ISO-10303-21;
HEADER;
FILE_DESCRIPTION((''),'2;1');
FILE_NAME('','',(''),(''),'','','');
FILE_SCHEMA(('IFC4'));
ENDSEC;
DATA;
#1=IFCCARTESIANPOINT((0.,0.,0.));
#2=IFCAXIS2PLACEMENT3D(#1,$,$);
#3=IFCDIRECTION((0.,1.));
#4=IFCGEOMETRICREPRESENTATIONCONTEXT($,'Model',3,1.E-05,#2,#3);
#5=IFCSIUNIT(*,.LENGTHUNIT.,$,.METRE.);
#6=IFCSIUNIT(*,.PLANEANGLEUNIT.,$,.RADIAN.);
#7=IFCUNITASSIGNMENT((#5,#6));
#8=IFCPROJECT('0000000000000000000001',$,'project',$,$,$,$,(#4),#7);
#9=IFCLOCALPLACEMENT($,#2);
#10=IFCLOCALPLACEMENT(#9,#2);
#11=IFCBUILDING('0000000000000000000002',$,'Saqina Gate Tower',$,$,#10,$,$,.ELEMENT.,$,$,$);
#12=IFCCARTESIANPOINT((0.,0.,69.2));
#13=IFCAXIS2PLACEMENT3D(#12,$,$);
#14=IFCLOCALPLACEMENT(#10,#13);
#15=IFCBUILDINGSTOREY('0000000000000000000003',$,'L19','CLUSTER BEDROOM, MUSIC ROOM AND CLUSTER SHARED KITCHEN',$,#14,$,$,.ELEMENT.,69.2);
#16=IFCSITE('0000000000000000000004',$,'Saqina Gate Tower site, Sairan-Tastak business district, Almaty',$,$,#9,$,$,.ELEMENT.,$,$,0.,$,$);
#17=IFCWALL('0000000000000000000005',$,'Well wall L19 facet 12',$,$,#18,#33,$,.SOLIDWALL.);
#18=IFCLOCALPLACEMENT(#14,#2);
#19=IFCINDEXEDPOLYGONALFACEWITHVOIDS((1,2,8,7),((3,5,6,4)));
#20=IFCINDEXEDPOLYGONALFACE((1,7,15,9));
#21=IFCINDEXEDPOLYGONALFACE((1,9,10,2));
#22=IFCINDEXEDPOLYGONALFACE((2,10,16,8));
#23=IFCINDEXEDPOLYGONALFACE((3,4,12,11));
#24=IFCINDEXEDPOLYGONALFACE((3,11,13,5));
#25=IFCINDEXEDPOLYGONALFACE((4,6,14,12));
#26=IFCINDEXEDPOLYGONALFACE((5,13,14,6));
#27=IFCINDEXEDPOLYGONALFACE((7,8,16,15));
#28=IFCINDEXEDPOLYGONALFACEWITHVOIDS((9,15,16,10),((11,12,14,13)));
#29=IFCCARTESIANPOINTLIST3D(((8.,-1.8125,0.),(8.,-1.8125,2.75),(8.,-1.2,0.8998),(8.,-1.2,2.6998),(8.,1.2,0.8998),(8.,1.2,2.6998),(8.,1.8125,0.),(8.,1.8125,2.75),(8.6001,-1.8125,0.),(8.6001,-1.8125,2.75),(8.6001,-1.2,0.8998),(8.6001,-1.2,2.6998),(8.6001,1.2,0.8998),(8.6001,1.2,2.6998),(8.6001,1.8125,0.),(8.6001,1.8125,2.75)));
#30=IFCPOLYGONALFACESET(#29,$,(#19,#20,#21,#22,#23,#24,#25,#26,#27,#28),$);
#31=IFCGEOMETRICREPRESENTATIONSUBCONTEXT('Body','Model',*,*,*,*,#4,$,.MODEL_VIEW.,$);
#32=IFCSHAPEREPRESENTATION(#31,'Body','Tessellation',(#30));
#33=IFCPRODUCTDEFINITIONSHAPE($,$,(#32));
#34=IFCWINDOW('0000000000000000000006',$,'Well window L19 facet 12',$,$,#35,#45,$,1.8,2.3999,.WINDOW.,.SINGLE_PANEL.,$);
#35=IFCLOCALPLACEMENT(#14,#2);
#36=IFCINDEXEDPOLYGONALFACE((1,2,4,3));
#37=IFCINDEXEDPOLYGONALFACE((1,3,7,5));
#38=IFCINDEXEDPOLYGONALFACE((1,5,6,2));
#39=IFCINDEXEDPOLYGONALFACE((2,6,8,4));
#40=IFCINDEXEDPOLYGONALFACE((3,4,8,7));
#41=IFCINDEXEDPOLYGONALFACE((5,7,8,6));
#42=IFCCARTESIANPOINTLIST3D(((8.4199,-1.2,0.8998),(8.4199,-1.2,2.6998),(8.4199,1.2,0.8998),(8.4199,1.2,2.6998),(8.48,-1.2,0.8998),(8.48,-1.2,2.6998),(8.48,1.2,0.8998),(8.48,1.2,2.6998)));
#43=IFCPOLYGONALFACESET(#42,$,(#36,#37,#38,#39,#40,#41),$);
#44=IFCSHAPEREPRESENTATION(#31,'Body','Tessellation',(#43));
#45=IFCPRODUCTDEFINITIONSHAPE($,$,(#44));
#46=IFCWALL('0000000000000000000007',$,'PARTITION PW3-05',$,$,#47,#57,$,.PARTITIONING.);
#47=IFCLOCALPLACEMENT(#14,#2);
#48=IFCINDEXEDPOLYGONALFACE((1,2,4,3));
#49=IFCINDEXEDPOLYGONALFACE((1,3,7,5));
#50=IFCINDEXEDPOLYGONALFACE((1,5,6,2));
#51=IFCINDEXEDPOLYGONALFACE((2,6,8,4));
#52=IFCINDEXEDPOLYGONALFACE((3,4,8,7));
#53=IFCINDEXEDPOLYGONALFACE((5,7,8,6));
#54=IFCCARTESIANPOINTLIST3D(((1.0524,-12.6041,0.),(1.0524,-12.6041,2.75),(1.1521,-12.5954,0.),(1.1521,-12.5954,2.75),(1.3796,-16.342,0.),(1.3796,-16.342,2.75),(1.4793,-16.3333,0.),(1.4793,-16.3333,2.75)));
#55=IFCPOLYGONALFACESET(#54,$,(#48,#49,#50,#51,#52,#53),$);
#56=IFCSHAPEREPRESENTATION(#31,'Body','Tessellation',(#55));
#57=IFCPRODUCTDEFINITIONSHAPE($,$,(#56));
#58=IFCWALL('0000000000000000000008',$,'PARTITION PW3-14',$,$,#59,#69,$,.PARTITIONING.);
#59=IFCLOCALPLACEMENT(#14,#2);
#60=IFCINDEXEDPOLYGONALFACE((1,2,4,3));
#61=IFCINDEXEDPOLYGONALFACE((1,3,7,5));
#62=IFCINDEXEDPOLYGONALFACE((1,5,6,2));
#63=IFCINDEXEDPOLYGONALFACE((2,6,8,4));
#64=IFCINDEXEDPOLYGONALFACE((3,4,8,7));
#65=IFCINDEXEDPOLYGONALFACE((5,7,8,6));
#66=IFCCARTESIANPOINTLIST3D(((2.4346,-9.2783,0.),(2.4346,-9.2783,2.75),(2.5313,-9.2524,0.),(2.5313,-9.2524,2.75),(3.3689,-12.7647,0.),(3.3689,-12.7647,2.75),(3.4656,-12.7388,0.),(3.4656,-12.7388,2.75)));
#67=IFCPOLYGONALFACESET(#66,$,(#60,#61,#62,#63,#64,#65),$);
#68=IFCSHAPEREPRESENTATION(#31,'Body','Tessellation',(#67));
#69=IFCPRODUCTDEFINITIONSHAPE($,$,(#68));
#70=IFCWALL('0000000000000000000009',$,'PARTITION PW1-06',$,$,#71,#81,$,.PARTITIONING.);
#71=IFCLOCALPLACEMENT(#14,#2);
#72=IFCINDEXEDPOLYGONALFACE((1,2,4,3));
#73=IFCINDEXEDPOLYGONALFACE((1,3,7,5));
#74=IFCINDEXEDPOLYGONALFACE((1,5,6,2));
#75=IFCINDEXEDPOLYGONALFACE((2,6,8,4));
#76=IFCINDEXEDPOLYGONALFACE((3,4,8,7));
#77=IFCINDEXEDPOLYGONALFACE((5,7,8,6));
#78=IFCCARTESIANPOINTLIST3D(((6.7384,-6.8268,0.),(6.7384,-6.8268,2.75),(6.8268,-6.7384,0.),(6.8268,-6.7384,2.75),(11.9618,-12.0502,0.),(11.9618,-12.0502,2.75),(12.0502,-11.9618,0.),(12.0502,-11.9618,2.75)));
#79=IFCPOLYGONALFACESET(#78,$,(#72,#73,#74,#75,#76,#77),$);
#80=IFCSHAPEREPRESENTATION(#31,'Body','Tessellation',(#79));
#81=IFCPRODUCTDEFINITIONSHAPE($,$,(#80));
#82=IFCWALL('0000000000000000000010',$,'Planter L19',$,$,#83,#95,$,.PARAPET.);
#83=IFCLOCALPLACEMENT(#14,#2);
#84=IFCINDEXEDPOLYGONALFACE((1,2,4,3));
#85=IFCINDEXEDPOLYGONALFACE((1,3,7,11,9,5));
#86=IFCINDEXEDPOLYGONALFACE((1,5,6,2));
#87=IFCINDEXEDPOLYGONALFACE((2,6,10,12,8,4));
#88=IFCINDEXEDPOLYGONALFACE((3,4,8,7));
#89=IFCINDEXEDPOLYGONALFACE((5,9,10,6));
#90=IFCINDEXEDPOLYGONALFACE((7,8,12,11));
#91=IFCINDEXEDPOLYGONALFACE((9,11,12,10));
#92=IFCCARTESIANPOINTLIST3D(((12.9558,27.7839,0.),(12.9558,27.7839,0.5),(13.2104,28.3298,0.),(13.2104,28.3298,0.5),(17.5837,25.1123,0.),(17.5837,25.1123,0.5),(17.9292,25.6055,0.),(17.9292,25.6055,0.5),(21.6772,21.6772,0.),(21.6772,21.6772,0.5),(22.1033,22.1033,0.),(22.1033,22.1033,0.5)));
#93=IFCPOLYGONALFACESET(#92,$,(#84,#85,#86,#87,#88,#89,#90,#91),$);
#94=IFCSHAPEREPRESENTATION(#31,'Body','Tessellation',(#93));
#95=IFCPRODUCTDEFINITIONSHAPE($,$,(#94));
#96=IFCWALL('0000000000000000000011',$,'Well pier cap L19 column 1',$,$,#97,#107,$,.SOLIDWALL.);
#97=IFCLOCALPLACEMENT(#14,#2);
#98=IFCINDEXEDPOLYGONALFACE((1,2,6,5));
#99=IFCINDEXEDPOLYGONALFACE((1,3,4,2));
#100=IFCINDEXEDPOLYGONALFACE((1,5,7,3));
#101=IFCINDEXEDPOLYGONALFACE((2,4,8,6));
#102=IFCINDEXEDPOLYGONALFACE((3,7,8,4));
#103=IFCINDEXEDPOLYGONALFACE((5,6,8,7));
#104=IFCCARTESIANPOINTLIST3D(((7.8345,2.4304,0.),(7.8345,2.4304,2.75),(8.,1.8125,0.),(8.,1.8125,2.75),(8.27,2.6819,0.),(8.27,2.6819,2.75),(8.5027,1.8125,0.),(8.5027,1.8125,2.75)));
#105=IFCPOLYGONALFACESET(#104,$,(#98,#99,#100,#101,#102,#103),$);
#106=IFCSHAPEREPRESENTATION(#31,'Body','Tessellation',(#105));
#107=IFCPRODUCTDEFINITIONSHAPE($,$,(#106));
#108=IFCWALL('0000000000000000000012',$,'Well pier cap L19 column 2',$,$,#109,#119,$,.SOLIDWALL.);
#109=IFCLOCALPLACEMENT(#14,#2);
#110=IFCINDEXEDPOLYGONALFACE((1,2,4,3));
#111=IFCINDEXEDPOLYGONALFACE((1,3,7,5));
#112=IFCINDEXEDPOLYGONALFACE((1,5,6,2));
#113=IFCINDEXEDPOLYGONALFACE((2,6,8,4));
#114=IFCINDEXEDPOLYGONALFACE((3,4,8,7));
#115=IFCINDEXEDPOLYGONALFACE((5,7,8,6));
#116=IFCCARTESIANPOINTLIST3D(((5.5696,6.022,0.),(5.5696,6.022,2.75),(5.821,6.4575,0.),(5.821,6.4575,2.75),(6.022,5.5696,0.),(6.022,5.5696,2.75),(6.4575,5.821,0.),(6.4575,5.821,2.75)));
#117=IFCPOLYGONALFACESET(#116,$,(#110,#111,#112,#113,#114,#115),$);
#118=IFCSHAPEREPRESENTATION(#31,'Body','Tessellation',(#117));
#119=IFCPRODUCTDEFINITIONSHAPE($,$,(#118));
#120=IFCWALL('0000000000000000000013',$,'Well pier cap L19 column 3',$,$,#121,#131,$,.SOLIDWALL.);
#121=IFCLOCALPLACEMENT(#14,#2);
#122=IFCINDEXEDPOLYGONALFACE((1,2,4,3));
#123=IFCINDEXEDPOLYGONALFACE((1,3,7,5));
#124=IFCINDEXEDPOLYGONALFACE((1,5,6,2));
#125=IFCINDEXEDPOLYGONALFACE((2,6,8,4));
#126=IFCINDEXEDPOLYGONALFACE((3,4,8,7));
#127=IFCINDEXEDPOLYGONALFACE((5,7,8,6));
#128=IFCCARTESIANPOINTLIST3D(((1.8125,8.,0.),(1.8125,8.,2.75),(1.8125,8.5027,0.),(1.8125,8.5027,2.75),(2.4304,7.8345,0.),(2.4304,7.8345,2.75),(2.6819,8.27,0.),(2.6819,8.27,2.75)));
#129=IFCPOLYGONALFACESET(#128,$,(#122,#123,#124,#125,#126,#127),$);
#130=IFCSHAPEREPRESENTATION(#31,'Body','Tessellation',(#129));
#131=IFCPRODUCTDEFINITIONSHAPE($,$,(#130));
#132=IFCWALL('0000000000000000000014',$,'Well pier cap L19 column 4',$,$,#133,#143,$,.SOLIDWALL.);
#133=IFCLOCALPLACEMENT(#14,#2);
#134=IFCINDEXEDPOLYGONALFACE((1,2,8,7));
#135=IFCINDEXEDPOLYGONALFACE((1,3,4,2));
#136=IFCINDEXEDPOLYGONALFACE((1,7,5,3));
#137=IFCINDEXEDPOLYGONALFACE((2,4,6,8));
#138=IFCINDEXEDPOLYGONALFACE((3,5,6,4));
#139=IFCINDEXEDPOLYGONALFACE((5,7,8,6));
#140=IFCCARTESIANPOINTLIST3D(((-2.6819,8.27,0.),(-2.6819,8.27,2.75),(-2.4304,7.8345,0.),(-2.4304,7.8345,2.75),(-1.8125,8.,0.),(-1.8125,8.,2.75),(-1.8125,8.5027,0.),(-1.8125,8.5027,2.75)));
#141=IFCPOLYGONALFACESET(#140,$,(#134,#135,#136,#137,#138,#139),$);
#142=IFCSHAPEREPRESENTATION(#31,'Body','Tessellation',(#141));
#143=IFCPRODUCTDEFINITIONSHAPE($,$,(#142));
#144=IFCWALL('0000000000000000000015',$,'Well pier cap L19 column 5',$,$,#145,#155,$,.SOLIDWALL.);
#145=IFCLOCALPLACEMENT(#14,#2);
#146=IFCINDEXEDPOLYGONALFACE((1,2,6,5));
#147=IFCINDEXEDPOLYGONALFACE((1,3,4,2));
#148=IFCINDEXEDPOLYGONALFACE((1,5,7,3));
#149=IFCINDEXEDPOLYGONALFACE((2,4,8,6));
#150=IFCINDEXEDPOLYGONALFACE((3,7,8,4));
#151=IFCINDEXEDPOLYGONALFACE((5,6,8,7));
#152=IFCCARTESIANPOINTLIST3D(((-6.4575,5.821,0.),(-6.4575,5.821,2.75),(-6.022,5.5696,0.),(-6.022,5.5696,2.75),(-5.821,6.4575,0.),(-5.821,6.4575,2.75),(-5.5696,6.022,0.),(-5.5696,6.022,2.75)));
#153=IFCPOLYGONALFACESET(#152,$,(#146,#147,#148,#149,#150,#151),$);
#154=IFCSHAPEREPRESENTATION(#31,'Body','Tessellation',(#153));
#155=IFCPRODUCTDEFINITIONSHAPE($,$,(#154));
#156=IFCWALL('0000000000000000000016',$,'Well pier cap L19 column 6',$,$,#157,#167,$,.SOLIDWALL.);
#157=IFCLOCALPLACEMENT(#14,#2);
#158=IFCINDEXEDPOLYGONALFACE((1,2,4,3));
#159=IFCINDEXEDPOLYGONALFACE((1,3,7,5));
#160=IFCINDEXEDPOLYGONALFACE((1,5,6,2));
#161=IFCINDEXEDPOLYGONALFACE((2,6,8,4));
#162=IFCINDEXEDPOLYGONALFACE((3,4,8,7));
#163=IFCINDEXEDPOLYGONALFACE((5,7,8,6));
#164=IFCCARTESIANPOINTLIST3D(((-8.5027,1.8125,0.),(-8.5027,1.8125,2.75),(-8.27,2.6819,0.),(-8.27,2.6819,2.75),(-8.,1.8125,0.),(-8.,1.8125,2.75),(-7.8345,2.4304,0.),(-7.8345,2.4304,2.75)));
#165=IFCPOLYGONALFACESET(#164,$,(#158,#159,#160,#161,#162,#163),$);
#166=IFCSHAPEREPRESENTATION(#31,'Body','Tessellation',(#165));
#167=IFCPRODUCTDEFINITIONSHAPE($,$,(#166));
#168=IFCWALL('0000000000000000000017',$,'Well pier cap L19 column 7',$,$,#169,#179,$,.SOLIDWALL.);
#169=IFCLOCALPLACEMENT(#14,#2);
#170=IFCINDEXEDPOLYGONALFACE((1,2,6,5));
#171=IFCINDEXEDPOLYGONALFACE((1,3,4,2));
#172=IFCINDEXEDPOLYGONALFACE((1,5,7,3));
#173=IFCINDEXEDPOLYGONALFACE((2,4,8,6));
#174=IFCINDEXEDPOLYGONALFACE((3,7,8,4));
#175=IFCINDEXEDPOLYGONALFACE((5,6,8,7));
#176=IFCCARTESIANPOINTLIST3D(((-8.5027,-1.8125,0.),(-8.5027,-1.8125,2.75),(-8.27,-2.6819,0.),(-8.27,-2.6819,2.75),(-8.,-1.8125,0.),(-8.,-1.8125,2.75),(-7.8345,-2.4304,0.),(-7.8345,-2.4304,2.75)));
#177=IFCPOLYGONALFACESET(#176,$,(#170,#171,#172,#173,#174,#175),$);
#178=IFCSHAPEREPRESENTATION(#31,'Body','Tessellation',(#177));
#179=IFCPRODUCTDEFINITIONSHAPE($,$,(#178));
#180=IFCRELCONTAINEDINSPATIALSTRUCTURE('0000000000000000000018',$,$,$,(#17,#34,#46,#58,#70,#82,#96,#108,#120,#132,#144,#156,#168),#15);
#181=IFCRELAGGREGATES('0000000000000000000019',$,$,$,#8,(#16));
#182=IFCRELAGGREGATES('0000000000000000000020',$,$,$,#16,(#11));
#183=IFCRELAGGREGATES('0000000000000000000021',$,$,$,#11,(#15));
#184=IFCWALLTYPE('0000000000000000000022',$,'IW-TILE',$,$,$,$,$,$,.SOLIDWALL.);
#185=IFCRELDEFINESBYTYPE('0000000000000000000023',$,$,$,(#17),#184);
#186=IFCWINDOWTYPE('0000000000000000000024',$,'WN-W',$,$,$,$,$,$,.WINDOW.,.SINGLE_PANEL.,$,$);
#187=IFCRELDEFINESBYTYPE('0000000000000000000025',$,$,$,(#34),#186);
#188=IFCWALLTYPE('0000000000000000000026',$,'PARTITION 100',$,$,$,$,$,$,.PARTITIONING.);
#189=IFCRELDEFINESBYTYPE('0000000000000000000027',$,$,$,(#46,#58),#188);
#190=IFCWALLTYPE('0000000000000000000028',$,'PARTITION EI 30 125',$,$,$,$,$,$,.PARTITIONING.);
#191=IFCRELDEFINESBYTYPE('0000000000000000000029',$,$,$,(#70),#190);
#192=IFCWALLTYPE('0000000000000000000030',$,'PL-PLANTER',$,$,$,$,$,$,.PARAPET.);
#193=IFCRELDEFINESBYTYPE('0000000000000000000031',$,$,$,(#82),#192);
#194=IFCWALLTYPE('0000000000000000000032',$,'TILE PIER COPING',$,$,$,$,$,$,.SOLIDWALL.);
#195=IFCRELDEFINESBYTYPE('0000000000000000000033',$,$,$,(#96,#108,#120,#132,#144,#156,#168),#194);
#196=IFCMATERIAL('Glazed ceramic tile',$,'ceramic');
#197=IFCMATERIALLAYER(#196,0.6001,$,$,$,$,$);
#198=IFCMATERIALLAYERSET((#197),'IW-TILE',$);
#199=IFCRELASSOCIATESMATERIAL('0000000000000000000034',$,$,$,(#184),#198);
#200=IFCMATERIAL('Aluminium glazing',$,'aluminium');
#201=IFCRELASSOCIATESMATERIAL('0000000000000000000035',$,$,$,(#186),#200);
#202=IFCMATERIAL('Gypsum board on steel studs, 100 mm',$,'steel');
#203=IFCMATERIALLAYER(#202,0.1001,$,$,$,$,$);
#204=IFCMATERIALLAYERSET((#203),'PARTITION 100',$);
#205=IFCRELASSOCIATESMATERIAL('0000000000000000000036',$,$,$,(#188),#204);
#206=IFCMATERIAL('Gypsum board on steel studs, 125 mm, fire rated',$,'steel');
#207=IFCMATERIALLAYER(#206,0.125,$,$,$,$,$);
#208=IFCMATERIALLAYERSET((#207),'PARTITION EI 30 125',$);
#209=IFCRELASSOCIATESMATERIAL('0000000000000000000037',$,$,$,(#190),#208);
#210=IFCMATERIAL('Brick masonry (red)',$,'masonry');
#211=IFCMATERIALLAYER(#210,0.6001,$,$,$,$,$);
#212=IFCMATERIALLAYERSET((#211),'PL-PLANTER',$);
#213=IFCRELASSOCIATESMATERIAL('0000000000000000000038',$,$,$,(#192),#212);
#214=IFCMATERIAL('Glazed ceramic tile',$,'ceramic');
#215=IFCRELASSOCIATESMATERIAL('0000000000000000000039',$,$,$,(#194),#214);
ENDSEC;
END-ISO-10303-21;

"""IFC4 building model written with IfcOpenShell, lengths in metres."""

from ifc_helpers import new_model, si_unit, direction, frame, frame_2d, origin, place, context, subcontext, project, spatial, polyline, rectangle, outline, extrude, material, layer, layer_set, type_object, element, fill, save


model = new_model("IFC4")

# Units and contexts
model_context = context("Model", 3, precision=1e-05, world=origin(), true_north=direction((0.0, 1.0)))
body_context = subcontext(model_context, "Body", "Model", "MODEL_VIEW")
ifc_project = project(units=[si_unit("LENGTHUNIT", "METRE"), si_unit("PLANEANGLEUNIT", "RADIAN")], contexts=[model_context])

# Site, building, storey
site_placement = place(None, origin())
site = spatial("IfcSite", under=ifc_project, at=site_placement, Name="Saqina Gate Tower site, Sairan-Tastak business district, Almaty", CompositionType="ELEMENT", RefElevation=0.0)
building_placement = place(site_placement, origin())
building = spatial("IfcBuilding", under=site, at=building_placement, Name="Saqina Gate Tower", CompositionType="ELEMENT")
storey_placement = place(building_placement, frame((0.0, 0.0, 69.2)))
storey = spatial("IfcBuildingStorey", under=building, at=storey_placement, Name="L19", Description="CLUSTER BEDROOM, MUSIC ROOM AND CLUSTER SHARED KITCHEN", CompositionType="ELEMENT", Elevation=69.2)

# Wall, opening, window
ifc_material_1 = material(Name="Glazed ceramic tile", Category="ceramic")
ifc_layer_1 = layer(ifc_material_1, 0.6001)
ifc_layer_set_1 = layer_set([ifc_layer_1], Name="IW-TILE")
wall_type_1 = type_object("IfcWallType", Name="IW-TILE", PredefinedType="SOLIDWALL", material=ifc_layer_set_1)
ifc_material_2 = material(Name="Aluminium glazing", Category="aluminium")
window_type = type_object("IfcWindowType", Name="WN-W", PartitioningType="SINGLE_PANEL", PredefinedType="WINDOW", material=ifc_material_2)
wall_1_placement = place(storey_placement, frame((8.3, -1.8125, 0.0), z_axis=(0.0, 0.0, 1.0), x_axis=(0.0, 1.0, 0.0)))
wall_1 = element("IfcWall", 1, at=wall_1_placement, inside=storey, type_object=wall_type_1, Name="Well wall L19 facet 12", PredefinedType="SOLIDWALL", context=body_context, shape_type="SweptSolid", body=[
    extrude(rectangle(XDim=3.625, YDim=0.6001, at=frame_2d((1.8125, 0.0))), origin(), (0.0, 0.0, 1.0), 2.75),
])
opening_1_placement = place(wall_1_placement, frame((0.6125, 0.0, 0.8999)))
opening_1 = element("IfcOpeningElement", 2, at=opening_1_placement, cuts=wall_1, PredefinedType="OPENING", context=body_context, shape_type="SweptSolid", body=[
    extrude(rectangle(XDim=2.3999, YDim=1.8, at=frame_2d((1.2, 0.8999))), frame((0.0, 0.312, 0.0), z_axis=(0.0, -1.0, 0.0), x_axis=(1.0, 0.0, 0.0)), (0.0, 0.0, 1.0), 0.624),
])
window_1_placement = place(opening_1_placement, origin())
window_1 = element("IfcWindow", 3, at=window_1_placement, inside=storey, type_object=window_type, Name="Well window L19 facet 12", OverallHeight=1.8, OverallWidth=2.3999, PartitioningType="SINGLE_PANEL", PredefinedType="WINDOW", context=body_context, shape_type="SweptSolid", body=[
    extrude(rectangle(XDim=2.3999, YDim=1.8, at=frame_2d((1.2, 0.8999))), frame((0.0, -0.1199, 0.0), z_axis=(0.0, -1.0, 0.0), x_axis=(1.0, 0.0, 0.0)), (0.0, 0.0, 1.0), 0.0601),
])
fill(opening_1, window_1)

# Walls
ifc_material_3 = material(Name="Gypsum board on steel studs, 100 mm", Category="steel")
ifc_layer_2 = layer(ifc_material_3, 0.1001)
ifc_layer_set_2 = layer_set([ifc_layer_2], Name="PARTITION 100")
wall_type_2 = type_object("IfcWallType", Name="PARTITION 100", PredefinedType="PARTITIONING", material=ifc_layer_set_2)
wall_2_placement = place(storey_placement, frame((1.1023, -12.5999, 0.0), z_axis=(0.0, 0.0, 1.0), x_axis=(0.087191, -0.996192, 0.0)))
element("IfcWall", 4, at=wall_2_placement, inside=storey, type_object=wall_type_2, Name="PARTITION PW3-05", PredefinedType="PARTITIONING", context=body_context, shape_type="SweptSolid", body=[
    extrude(rectangle(XDim=3.7522, YDim=0.1001, at=frame_2d((1.876, 0.0))), origin(), (0.0, 0.0, 1.0), 2.75),
])
wall_3_placement = place(storey_placement, frame((2.4829, -9.2654, 0.0), z_axis=(0.0, 0.0, 1.0), x_axis=(0.258862, -0.965914, 0.0)))
element("IfcWall", 5, at=wall_3_placement, inside=storey, type_object=wall_type_2, Name="PARTITION PW3-14", PredefinedType="PARTITIONING", context=body_context, shape_type="SweptSolid", body=[
    extrude(rectangle(XDim=3.6094, YDim=0.1001, at=frame_2d((1.8047, 0.0))), origin(), (0.0, 0.0, 1.0), 2.75),
])
ifc_material_4 = material(Name="Gypsum board on steel studs, 125 mm, fire rated", Category="steel")
ifc_layer_3 = layer(ifc_material_4, 0.125)
ifc_layer_set_3 = layer_set([ifc_layer_3], Name="PARTITION EI 30 125")
wall_type_3 = type_object("IfcWallType", Name="PARTITION EI 30 125", PredefinedType="PARTITIONING", material=ifc_layer_set_3)
wall_4_placement = place(storey_placement, frame((6.7827, -6.7827, 0.0), z_axis=(0.0, 0.0, 1.0), x_axis=(0.707107, -0.707107, 0.0)))
element("IfcWall", 6, at=wall_4_placement, inside=storey, type_object=wall_type_3, Name="PARTITION PW1-06", PredefinedType="PARTITIONING", context=body_context, shape_type="SweptSolid", body=[
    extrude(rectangle(XDim=7.387, YDim=0.125, at=frame_2d((3.6934, 0.0))), origin(), (0.0, 0.0, 1.0), 2.75),
])
ifc_material_5 = material(Name="Brick masonry (red)", Category="masonry")
ifc_layer_4 = layer(ifc_material_5, 0.6001)
ifc_layer_set_4 = layer_set([ifc_layer_4], Name="PL-PLANTER")
wall_type_4 = type_object("IfcWallType", Name="PL-PLANTER", PredefinedType="PARAPET", material=ifc_layer_set_4)
wall_5_placement = place(storey_placement, origin())
element("IfcWall", 7, at=wall_5_placement, inside=storey, type_object=wall_type_4, Name="Planter L19", PredefinedType="PARAPET", context=body_context, shape_type="SweptSolid", body=[
    extrude(outline(polyline([(22.1033, 22.1033), (17.9292, 25.6055), (13.2104, 28.3298), (12.9558, 27.7839), (17.5837, 25.1123), (21.6772, 21.6772), (22.1033, 22.1033)])), origin(), (0.0, 0.0, 1.0), 0.5),
])
ifc_material_6 = material(Name="Glazed ceramic tile", Category="ceramic")
wall_type_5 = type_object("IfcWallType", Name="TILE PIER COPING", PredefinedType="SOLIDWALL", material=ifc_material_6)
wall_6_placement = place(storey_placement, origin())
element("IfcWall", 8, at=wall_6_placement, inside=storey, type_object=wall_type_5, Name="Well pier cap L19 column 1", PredefinedType="SOLIDWALL", context=body_context, shape_type="SweptSolid", body=[
    extrude(outline(polyline([(8.27, 2.6819), (7.8345, 2.4304), (8.0, 1.8125), (8.5027, 1.8125), (8.27, 2.6819)])), origin(), (0.0, 0.0, 1.0), 2.75),
])
wall_7_placement = place(storey_placement, origin())
element("IfcWall", 9, at=wall_7_placement, inside=storey, type_object=wall_type_5, Name="Well pier cap L19 column 2", PredefinedType="SOLIDWALL", context=body_context, shape_type="SweptSolid", body=[
    extrude(outline(polyline([(5.821, 6.4575), (5.5696, 6.022), (6.022, 5.5696), (6.4575, 5.821), (5.821, 6.4575)])), origin(), (0.0, 0.0, 1.0), 2.75),
])
wall_8_placement = place(storey_placement, origin())
element("IfcWall", 10, at=wall_8_placement, inside=storey, type_object=wall_type_5, Name="Well pier cap L19 column 3", PredefinedType="SOLIDWALL", context=body_context, shape_type="SweptSolid", body=[
    extrude(outline(polyline([(1.8125, 8.5027), (1.8125, 8.0), (2.4304, 7.8345), (2.6819, 8.27), (1.8125, 8.5027)])), origin(), (0.0, 0.0, 1.0), 2.75),
])
wall_9_placement = place(storey_placement, origin())
element("IfcWall", 11, at=wall_9_placement, inside=storey, type_object=wall_type_5, Name="Well pier cap L19 column 4", PredefinedType="SOLIDWALL", context=body_context, shape_type="SweptSolid", body=[
    extrude(outline(polyline([(-2.6819, 8.27), (-2.4304, 7.8345), (-1.8125, 8.0), (-1.8125, 8.5027), (-2.6819, 8.27)])), origin(), (0.0, 0.0, 1.0), 2.75),
])
wall_10_placement = place(storey_placement, origin())
element("IfcWall", 12, at=wall_10_placement, inside=storey, type_object=wall_type_5, Name="Well pier cap L19 column 5", PredefinedType="SOLIDWALL", context=body_context, shape_type="SweptSolid", body=[
    extrude(outline(polyline([(-6.4575, 5.821), (-6.022, 5.5696), (-5.5696, 6.022), (-5.821, 6.4575), (-6.4575, 5.821)])), origin(), (0.0, 0.0, 1.0), 2.75),
])
wall_11_placement = place(storey_placement, origin())
element("IfcWall", 13, at=wall_11_placement, inside=storey, type_object=wall_type_5, Name="Well pier cap L19 column 6", PredefinedType="SOLIDWALL", context=body_context, shape_type="SweptSolid", body=[
    extrude(outline(polyline([(-8.5027, 1.8125), (-8.0, 1.8125), (-7.8345, 2.4304), (-8.27, 2.6819), (-8.5027, 1.8125)])), origin(), (0.0, 0.0, 1.0), 2.75),
])
wall_12_placement = place(storey_placement, origin())
element("IfcWall", 14, at=wall_12_placement, inside=storey, type_object=wall_type_5, Name="Well pier cap L19 column 7", PredefinedType="SOLIDWALL", context=body_context, shape_type="SweptSolid", body=[
    extrude(outline(polyline([(-8.27, -2.6819), (-7.8345, -2.4304), (-8.0, -1.8125), (-8.5027, -1.8125), (-8.27, -2.6819)])), origin(), (0.0, 0.0, 1.0), 2.75),
])

save(model, "model.ifc")
